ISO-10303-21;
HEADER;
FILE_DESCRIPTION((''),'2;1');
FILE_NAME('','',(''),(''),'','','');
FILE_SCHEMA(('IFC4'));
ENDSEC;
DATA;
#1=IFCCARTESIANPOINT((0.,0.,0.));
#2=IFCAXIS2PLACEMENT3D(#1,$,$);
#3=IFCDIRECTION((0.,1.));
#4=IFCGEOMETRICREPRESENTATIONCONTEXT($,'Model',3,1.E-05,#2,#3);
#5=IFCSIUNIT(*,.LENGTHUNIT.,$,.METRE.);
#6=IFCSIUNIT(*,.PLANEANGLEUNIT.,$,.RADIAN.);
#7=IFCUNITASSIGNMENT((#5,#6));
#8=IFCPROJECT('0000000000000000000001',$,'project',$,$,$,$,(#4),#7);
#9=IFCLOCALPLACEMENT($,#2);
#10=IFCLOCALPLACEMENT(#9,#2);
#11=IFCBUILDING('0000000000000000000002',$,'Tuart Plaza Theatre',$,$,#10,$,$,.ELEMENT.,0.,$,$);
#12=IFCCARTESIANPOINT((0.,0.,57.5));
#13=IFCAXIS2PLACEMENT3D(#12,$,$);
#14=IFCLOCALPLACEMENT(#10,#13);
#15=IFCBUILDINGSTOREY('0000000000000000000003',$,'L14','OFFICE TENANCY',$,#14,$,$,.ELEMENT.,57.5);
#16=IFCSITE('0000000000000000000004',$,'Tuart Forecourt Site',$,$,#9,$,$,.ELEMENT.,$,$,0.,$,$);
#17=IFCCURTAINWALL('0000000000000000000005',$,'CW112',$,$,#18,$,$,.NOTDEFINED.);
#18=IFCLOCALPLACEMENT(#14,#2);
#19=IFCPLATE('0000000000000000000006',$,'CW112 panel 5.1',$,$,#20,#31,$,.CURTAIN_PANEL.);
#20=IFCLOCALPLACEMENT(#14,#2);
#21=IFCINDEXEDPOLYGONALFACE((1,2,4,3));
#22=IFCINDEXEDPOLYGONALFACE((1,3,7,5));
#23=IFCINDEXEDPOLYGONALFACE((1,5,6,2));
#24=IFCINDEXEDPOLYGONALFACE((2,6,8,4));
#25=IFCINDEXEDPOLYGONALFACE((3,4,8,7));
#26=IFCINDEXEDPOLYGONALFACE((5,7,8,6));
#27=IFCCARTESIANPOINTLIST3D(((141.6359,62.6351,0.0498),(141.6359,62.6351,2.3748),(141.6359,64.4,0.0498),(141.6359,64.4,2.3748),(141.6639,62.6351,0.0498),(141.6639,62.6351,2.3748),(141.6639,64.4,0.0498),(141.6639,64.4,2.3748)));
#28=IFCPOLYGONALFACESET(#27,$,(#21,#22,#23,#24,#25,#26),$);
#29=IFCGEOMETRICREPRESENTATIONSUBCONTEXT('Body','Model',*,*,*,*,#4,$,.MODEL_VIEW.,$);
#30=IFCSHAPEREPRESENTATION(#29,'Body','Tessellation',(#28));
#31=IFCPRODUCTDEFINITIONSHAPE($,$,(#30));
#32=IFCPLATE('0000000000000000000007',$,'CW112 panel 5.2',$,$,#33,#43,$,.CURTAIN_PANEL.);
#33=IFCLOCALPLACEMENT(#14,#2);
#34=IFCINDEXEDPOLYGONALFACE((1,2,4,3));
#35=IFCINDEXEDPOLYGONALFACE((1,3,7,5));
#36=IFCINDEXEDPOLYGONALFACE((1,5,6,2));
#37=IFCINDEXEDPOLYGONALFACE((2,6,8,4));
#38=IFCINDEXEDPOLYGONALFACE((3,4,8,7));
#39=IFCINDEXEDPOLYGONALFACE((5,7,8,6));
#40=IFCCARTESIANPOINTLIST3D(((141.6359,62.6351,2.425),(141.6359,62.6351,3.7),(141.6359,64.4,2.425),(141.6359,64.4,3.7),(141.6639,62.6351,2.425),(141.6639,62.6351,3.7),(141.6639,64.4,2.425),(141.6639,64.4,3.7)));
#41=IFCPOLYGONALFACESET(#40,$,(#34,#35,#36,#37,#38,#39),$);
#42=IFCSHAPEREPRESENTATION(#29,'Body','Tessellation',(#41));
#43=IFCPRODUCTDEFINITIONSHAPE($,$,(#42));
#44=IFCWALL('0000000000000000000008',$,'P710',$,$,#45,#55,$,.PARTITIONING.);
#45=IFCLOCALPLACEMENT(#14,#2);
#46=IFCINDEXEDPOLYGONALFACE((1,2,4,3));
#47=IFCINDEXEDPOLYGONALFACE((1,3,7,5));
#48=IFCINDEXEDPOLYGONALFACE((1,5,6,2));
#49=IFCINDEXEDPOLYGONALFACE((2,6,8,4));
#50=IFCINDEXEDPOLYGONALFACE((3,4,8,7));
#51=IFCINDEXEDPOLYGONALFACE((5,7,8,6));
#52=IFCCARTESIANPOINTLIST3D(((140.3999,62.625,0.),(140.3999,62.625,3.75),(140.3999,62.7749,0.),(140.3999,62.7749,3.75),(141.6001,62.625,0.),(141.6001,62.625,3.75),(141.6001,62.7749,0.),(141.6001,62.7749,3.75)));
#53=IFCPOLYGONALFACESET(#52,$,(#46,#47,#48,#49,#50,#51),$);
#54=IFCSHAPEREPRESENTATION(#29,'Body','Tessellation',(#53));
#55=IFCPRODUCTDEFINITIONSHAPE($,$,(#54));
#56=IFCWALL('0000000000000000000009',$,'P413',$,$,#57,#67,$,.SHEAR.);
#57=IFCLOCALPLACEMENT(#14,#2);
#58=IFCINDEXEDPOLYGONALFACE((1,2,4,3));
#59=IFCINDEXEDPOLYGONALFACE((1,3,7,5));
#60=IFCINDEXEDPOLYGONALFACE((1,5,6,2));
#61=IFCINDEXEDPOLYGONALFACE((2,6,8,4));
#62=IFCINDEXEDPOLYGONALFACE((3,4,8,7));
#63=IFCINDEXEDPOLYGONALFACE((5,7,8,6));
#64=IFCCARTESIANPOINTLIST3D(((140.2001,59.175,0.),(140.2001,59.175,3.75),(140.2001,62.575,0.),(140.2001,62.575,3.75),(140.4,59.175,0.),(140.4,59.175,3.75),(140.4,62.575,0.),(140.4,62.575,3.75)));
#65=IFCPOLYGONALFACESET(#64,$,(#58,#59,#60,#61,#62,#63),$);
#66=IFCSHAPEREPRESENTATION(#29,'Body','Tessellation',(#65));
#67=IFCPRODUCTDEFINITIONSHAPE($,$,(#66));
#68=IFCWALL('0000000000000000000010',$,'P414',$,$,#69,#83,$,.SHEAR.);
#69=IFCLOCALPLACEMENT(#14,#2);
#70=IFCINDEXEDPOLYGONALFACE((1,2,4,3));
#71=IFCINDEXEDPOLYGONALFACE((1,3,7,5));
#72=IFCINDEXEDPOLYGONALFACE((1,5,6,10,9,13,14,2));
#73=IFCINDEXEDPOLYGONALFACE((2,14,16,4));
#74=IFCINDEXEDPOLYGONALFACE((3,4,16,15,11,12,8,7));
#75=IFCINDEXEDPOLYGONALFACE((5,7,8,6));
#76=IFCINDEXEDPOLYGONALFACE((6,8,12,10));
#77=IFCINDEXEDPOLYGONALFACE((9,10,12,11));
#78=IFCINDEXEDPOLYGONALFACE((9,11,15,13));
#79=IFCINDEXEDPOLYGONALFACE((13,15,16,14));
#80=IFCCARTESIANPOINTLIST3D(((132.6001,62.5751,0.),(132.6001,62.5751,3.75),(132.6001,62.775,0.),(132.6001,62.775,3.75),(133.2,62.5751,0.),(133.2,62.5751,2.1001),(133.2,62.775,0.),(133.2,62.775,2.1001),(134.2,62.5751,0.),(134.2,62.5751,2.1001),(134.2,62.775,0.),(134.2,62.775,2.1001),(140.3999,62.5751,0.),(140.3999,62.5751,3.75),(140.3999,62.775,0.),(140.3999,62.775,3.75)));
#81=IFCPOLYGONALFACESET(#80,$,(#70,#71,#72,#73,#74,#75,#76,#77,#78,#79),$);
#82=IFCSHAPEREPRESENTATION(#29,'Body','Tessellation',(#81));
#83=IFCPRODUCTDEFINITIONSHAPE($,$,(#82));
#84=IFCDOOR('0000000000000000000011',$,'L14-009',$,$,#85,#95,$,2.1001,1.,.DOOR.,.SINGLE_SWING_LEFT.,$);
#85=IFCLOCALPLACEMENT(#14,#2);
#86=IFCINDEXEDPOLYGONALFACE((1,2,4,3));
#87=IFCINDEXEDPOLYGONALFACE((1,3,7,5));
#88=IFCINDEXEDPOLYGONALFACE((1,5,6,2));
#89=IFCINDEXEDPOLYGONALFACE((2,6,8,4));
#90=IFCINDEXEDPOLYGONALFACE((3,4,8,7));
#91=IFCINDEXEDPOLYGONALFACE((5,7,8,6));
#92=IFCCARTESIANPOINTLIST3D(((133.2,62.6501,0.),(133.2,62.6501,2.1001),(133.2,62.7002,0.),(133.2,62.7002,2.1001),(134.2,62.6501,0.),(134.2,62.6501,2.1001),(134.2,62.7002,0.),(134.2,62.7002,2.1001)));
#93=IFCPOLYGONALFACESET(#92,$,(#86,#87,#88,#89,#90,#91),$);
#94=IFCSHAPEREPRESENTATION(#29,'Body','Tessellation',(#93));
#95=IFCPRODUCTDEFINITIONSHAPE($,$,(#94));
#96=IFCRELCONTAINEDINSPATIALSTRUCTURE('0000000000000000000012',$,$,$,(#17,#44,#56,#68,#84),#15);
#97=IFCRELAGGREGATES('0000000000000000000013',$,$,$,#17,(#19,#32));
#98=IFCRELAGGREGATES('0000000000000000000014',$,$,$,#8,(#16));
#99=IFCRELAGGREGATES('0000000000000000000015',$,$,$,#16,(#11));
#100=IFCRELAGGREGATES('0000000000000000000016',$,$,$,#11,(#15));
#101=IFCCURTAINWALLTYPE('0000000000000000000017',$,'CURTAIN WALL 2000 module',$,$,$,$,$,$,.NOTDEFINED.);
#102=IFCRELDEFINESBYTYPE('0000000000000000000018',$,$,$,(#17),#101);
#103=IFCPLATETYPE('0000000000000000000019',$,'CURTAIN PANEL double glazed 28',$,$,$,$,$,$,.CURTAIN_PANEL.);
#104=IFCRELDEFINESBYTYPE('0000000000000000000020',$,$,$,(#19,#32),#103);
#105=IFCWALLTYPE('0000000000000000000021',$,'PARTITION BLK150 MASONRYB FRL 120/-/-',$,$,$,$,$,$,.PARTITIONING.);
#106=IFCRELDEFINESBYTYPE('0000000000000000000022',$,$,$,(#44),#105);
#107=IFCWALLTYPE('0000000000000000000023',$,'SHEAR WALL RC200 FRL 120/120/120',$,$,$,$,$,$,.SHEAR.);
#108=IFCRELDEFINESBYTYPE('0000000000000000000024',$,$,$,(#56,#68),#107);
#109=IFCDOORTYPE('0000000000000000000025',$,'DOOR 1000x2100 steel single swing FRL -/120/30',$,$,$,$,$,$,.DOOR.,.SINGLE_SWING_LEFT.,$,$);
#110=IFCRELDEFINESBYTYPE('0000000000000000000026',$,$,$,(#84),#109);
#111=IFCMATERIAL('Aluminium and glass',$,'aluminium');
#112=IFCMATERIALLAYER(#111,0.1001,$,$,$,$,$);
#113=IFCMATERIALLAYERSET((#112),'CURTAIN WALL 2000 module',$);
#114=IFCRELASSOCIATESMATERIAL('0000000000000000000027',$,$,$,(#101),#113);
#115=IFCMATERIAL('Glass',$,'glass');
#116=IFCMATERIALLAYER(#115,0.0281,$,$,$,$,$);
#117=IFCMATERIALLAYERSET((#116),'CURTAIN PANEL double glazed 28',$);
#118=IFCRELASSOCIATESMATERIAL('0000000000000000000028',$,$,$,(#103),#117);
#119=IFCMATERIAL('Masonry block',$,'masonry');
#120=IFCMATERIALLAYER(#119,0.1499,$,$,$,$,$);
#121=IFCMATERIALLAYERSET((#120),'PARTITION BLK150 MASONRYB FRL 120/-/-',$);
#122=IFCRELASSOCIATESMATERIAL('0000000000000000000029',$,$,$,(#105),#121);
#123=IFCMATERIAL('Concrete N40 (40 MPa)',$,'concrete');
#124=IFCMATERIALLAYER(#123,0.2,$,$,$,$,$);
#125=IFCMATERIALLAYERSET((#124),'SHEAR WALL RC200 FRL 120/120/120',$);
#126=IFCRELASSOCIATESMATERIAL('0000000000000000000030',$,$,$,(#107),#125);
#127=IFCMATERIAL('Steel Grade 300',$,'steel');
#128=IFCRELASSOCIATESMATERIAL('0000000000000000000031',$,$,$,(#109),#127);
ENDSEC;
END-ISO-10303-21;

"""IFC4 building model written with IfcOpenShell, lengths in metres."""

from ifc_helpers import new_model, si_unit, direction, frame, frame_2d, origin, origin_2d, place, context, subcontext, project, spatial, rectangle, extrude, material, layer, layer_set, type_object, element, fill, aggregate, save


model = new_model("IFC4")

# Units and contexts
model_context = context("Model", 3, precision=1e-05, world=origin(), true_north=direction((0.0, 1.0)))
body_context = subcontext(model_context, "Body", "Model", "MODEL_VIEW")
ifc_project = project(units=[si_unit("LENGTHUNIT", "METRE"), si_unit("PLANEANGLEUNIT", "RADIAN")], contexts=[model_context])

# Site, building, storey
site_placement = place(None, origin())
site = spatial("IfcSite", under=ifc_project, at=site_placement, Name="Tuart Forecourt Site", CompositionType="ELEMENT", RefElevation=0.0)
building_placement = place(site_placement, origin())
building = spatial("IfcBuilding", under=site, at=building_placement, Name="Tuart Plaza Theatre", CompositionType="ELEMENT", ElevationOfRefHeight=0.0)
storey_placement = place(building_placement, frame((0.0, 0.0, 57.5)))
storey = spatial("IfcBuildingStorey", under=building, at=storey_placement, Name="L14", Description="OFFICE TENANCY", CompositionType="ELEMENT", Elevation=57.5)

# Curtain wall, plates
ifc_material_1 = material(Name="Aluminium and glass", Category="aluminium")
ifc_layer_1 = layer(ifc_material_1, 0.1001)
ifc_layer_set_1 = layer_set([ifc_layer_1], Name="CURTAIN WALL 2000 module")
curtain_wall_type = type_object("IfcCurtainWallType", Name="CURTAIN WALL 2000 module", PredefinedType="NOTDEFINED", material=ifc_layer_set_1)
curtain_wall_placement = place(storey_placement, origin())
curtain_wall = element("IfcCurtainWall", 1, at=curtain_wall_placement, inside=storey, type_object=curtain_wall_type, Name="CW112", PredefinedType="NOTDEFINED")
ifc_material_2 = material(Name="Glass", Category="glass")
ifc_layer_2 = layer(ifc_material_2, 0.0281)
ifc_layer_set_2 = layer_set([ifc_layer_2], Name="CURTAIN PANEL double glazed 28")
plate_type = type_object("IfcPlateType", Name="CURTAIN PANEL double glazed 28", PredefinedType="CURTAIN_PANEL", material=ifc_layer_set_2)
plate_1_placement = place(storey_placement, frame((141.6499, 63.5176, 0.0498), z_axis=(0.0, 0.0, 1.0), x_axis=(0.0, 1.0, 0.0)))
plate_1 = element("IfcPlate", 2, at=plate_1_placement, type_object=plate_type, Name="CW112 panel 5.1", PredefinedType="CURTAIN_PANEL", context=body_context, shape_type="SweptSolid", body=[
    extrude(rectangle(XDim=1.7649, YDim=0.0281, at=origin_2d()), origin(), (0.0, 0.0, 1.0), 2.325),
])
plate_2_placement = place(storey_placement, frame((141.6499, 63.5176, 2.425), z_axis=(0.0, 0.0, 1.0), x_axis=(0.0, 1.0, 0.0)))
plate_2 = element("IfcPlate", 3, at=plate_2_placement, type_object=plate_type, Name="CW112 panel 5.2", PredefinedType="CURTAIN_PANEL", context=body_context, shape_type="SweptSolid", body=[
    extrude(rectangle(XDim=1.7649, YDim=0.0281, at=origin_2d()), origin(), (0.0, 0.0, 1.0), 1.2749),
])
aggregate(curtain_wall, [plate_1, plate_2])

# Walls
ifc_material_3 = material(Name="Masonry block", Category="masonry")
ifc_layer_3 = layer(ifc_material_3, 0.1499)
ifc_layer_set_3 = layer_set([ifc_layer_3], Name="PARTITION BLK150 MASONRYB FRL 120/-/-")
wall_type_1 = type_object("IfcWallType", Name="PARTITION BLK150 MASONRYB FRL 120/-/-", PredefinedType="PARTITIONING", material=ifc_layer_set_3)
wall_1_placement = place(storey_placement, frame((141.6001, 62.7, 0.0), z_axis=(0.0, 0.0, 1.0), x_axis=(-1.0, 0.0, 0.0)))
element("IfcWall", 4, at=wall_1_placement, inside=storey, type_object=wall_type_1, Name="P710", PredefinedType="PARTITIONING", context=body_context, shape_type="SweptSolid", body=[
    extrude(rectangle(XDim=1.2002, YDim=0.1499, at=frame_2d((0.6001, 0.0))), origin(), (0.0, 0.0, 1.0), 3.75),
])
ifc_material_4 = material(Name="Concrete N40 (40 MPa)", Category="concrete")
ifc_layer_4 = layer(ifc_material_4, 0.2)
ifc_layer_set_4 = layer_set([ifc_layer_4], Name="SHEAR WALL RC200 FRL 120/120/120")
wall_type_2 = type_object("IfcWallType", Name="SHEAR WALL RC200 FRL 120/120/120", PredefinedType="SHEAR", material=ifc_layer_set_4)
wall_2_placement = place(storey_placement, frame((140.3, 59.175, 0.0), z_axis=(0.0, 0.0, 1.0), x_axis=(0.0, 1.0, 0.0)))
element("IfcWall", 5, at=wall_2_placement, inside=storey, type_object=wall_type_2, Name="P413", PredefinedType="SHEAR", context=body_context, shape_type="SweptSolid", body=[
    extrude(rectangle(XDim=3.3999, YDim=0.2, at=frame_2d((1.7, 0.0))), origin(), (0.0, 0.0, 1.0), 3.75),
])

# Wall, opening, door
wall_3_placement = place(storey_placement, frame((140.3999, 62.675, 0.0), z_axis=(0.0, 0.0, 1.0), x_axis=(-1.0, 0.0, 0.0)))
wall_3 = element("IfcWall", 6, at=wall_3_placement, inside=storey, type_object=wall_type_2, Name="P414", PredefinedType="SHEAR", context=body_context, shape_type="SweptSolid", body=[
    extrude(rectangle(XDim=7.7998, YDim=0.2, at=frame_2d((3.8999, 0.0))), origin(), (0.0, 0.0, 1.0), 3.75),
])
opening_placement = place(wall_3_placement, frame((6.2, 0.0, 0.0)))
opening = element("IfcOpeningElement", 7, at=opening_placement, cuts=wall_3, PredefinedType="OPENING", context=body_context, shape_type="SweptSolid", body=[
    extrude(rectangle(XDim=1.0, YDim=2.1001, at=frame_2d((0.5, 1.05))), frame((0.0, 0.1099, 0.0), z_axis=(0.0, -1.0, 0.0), x_axis=(1.0, 0.0, 0.0)), (0.0, 0.0, 1.0), 0.22),
])
ifc_material_5 = material(Name="Steel Grade 300", Category="steel")
door_type = type_object("IfcDoorType", Name="DOOR 1000x2100 steel single swing FRL -/120/30", OperationType="SINGLE_SWING_LEFT", PredefinedType="DOOR", material=ifc_material_5)
door_placement = place(opening_placement, origin())
door = element("IfcDoor", 8, at=door_placement, inside=storey, type_object=door_type, Name="L14-009", OperationType="SINGLE_SWING_LEFT", OverallHeight=2.1001, OverallWidth=1.0, PredefinedType="DOOR", context=body_context, shape_type="SweptSolid", body=[
    extrude(rectangle(XDim=1.0, YDim=2.1001, at=frame_2d((0.5, 1.05))), frame((0.0, 0.0249, 0.0), z_axis=(0.0, -1.0, 0.0), x_axis=(1.0, 0.0, 0.0)), (0.0, 0.0, 1.0), 0.05),
])
fill(opening, door)

save(model, "model.ifc")
